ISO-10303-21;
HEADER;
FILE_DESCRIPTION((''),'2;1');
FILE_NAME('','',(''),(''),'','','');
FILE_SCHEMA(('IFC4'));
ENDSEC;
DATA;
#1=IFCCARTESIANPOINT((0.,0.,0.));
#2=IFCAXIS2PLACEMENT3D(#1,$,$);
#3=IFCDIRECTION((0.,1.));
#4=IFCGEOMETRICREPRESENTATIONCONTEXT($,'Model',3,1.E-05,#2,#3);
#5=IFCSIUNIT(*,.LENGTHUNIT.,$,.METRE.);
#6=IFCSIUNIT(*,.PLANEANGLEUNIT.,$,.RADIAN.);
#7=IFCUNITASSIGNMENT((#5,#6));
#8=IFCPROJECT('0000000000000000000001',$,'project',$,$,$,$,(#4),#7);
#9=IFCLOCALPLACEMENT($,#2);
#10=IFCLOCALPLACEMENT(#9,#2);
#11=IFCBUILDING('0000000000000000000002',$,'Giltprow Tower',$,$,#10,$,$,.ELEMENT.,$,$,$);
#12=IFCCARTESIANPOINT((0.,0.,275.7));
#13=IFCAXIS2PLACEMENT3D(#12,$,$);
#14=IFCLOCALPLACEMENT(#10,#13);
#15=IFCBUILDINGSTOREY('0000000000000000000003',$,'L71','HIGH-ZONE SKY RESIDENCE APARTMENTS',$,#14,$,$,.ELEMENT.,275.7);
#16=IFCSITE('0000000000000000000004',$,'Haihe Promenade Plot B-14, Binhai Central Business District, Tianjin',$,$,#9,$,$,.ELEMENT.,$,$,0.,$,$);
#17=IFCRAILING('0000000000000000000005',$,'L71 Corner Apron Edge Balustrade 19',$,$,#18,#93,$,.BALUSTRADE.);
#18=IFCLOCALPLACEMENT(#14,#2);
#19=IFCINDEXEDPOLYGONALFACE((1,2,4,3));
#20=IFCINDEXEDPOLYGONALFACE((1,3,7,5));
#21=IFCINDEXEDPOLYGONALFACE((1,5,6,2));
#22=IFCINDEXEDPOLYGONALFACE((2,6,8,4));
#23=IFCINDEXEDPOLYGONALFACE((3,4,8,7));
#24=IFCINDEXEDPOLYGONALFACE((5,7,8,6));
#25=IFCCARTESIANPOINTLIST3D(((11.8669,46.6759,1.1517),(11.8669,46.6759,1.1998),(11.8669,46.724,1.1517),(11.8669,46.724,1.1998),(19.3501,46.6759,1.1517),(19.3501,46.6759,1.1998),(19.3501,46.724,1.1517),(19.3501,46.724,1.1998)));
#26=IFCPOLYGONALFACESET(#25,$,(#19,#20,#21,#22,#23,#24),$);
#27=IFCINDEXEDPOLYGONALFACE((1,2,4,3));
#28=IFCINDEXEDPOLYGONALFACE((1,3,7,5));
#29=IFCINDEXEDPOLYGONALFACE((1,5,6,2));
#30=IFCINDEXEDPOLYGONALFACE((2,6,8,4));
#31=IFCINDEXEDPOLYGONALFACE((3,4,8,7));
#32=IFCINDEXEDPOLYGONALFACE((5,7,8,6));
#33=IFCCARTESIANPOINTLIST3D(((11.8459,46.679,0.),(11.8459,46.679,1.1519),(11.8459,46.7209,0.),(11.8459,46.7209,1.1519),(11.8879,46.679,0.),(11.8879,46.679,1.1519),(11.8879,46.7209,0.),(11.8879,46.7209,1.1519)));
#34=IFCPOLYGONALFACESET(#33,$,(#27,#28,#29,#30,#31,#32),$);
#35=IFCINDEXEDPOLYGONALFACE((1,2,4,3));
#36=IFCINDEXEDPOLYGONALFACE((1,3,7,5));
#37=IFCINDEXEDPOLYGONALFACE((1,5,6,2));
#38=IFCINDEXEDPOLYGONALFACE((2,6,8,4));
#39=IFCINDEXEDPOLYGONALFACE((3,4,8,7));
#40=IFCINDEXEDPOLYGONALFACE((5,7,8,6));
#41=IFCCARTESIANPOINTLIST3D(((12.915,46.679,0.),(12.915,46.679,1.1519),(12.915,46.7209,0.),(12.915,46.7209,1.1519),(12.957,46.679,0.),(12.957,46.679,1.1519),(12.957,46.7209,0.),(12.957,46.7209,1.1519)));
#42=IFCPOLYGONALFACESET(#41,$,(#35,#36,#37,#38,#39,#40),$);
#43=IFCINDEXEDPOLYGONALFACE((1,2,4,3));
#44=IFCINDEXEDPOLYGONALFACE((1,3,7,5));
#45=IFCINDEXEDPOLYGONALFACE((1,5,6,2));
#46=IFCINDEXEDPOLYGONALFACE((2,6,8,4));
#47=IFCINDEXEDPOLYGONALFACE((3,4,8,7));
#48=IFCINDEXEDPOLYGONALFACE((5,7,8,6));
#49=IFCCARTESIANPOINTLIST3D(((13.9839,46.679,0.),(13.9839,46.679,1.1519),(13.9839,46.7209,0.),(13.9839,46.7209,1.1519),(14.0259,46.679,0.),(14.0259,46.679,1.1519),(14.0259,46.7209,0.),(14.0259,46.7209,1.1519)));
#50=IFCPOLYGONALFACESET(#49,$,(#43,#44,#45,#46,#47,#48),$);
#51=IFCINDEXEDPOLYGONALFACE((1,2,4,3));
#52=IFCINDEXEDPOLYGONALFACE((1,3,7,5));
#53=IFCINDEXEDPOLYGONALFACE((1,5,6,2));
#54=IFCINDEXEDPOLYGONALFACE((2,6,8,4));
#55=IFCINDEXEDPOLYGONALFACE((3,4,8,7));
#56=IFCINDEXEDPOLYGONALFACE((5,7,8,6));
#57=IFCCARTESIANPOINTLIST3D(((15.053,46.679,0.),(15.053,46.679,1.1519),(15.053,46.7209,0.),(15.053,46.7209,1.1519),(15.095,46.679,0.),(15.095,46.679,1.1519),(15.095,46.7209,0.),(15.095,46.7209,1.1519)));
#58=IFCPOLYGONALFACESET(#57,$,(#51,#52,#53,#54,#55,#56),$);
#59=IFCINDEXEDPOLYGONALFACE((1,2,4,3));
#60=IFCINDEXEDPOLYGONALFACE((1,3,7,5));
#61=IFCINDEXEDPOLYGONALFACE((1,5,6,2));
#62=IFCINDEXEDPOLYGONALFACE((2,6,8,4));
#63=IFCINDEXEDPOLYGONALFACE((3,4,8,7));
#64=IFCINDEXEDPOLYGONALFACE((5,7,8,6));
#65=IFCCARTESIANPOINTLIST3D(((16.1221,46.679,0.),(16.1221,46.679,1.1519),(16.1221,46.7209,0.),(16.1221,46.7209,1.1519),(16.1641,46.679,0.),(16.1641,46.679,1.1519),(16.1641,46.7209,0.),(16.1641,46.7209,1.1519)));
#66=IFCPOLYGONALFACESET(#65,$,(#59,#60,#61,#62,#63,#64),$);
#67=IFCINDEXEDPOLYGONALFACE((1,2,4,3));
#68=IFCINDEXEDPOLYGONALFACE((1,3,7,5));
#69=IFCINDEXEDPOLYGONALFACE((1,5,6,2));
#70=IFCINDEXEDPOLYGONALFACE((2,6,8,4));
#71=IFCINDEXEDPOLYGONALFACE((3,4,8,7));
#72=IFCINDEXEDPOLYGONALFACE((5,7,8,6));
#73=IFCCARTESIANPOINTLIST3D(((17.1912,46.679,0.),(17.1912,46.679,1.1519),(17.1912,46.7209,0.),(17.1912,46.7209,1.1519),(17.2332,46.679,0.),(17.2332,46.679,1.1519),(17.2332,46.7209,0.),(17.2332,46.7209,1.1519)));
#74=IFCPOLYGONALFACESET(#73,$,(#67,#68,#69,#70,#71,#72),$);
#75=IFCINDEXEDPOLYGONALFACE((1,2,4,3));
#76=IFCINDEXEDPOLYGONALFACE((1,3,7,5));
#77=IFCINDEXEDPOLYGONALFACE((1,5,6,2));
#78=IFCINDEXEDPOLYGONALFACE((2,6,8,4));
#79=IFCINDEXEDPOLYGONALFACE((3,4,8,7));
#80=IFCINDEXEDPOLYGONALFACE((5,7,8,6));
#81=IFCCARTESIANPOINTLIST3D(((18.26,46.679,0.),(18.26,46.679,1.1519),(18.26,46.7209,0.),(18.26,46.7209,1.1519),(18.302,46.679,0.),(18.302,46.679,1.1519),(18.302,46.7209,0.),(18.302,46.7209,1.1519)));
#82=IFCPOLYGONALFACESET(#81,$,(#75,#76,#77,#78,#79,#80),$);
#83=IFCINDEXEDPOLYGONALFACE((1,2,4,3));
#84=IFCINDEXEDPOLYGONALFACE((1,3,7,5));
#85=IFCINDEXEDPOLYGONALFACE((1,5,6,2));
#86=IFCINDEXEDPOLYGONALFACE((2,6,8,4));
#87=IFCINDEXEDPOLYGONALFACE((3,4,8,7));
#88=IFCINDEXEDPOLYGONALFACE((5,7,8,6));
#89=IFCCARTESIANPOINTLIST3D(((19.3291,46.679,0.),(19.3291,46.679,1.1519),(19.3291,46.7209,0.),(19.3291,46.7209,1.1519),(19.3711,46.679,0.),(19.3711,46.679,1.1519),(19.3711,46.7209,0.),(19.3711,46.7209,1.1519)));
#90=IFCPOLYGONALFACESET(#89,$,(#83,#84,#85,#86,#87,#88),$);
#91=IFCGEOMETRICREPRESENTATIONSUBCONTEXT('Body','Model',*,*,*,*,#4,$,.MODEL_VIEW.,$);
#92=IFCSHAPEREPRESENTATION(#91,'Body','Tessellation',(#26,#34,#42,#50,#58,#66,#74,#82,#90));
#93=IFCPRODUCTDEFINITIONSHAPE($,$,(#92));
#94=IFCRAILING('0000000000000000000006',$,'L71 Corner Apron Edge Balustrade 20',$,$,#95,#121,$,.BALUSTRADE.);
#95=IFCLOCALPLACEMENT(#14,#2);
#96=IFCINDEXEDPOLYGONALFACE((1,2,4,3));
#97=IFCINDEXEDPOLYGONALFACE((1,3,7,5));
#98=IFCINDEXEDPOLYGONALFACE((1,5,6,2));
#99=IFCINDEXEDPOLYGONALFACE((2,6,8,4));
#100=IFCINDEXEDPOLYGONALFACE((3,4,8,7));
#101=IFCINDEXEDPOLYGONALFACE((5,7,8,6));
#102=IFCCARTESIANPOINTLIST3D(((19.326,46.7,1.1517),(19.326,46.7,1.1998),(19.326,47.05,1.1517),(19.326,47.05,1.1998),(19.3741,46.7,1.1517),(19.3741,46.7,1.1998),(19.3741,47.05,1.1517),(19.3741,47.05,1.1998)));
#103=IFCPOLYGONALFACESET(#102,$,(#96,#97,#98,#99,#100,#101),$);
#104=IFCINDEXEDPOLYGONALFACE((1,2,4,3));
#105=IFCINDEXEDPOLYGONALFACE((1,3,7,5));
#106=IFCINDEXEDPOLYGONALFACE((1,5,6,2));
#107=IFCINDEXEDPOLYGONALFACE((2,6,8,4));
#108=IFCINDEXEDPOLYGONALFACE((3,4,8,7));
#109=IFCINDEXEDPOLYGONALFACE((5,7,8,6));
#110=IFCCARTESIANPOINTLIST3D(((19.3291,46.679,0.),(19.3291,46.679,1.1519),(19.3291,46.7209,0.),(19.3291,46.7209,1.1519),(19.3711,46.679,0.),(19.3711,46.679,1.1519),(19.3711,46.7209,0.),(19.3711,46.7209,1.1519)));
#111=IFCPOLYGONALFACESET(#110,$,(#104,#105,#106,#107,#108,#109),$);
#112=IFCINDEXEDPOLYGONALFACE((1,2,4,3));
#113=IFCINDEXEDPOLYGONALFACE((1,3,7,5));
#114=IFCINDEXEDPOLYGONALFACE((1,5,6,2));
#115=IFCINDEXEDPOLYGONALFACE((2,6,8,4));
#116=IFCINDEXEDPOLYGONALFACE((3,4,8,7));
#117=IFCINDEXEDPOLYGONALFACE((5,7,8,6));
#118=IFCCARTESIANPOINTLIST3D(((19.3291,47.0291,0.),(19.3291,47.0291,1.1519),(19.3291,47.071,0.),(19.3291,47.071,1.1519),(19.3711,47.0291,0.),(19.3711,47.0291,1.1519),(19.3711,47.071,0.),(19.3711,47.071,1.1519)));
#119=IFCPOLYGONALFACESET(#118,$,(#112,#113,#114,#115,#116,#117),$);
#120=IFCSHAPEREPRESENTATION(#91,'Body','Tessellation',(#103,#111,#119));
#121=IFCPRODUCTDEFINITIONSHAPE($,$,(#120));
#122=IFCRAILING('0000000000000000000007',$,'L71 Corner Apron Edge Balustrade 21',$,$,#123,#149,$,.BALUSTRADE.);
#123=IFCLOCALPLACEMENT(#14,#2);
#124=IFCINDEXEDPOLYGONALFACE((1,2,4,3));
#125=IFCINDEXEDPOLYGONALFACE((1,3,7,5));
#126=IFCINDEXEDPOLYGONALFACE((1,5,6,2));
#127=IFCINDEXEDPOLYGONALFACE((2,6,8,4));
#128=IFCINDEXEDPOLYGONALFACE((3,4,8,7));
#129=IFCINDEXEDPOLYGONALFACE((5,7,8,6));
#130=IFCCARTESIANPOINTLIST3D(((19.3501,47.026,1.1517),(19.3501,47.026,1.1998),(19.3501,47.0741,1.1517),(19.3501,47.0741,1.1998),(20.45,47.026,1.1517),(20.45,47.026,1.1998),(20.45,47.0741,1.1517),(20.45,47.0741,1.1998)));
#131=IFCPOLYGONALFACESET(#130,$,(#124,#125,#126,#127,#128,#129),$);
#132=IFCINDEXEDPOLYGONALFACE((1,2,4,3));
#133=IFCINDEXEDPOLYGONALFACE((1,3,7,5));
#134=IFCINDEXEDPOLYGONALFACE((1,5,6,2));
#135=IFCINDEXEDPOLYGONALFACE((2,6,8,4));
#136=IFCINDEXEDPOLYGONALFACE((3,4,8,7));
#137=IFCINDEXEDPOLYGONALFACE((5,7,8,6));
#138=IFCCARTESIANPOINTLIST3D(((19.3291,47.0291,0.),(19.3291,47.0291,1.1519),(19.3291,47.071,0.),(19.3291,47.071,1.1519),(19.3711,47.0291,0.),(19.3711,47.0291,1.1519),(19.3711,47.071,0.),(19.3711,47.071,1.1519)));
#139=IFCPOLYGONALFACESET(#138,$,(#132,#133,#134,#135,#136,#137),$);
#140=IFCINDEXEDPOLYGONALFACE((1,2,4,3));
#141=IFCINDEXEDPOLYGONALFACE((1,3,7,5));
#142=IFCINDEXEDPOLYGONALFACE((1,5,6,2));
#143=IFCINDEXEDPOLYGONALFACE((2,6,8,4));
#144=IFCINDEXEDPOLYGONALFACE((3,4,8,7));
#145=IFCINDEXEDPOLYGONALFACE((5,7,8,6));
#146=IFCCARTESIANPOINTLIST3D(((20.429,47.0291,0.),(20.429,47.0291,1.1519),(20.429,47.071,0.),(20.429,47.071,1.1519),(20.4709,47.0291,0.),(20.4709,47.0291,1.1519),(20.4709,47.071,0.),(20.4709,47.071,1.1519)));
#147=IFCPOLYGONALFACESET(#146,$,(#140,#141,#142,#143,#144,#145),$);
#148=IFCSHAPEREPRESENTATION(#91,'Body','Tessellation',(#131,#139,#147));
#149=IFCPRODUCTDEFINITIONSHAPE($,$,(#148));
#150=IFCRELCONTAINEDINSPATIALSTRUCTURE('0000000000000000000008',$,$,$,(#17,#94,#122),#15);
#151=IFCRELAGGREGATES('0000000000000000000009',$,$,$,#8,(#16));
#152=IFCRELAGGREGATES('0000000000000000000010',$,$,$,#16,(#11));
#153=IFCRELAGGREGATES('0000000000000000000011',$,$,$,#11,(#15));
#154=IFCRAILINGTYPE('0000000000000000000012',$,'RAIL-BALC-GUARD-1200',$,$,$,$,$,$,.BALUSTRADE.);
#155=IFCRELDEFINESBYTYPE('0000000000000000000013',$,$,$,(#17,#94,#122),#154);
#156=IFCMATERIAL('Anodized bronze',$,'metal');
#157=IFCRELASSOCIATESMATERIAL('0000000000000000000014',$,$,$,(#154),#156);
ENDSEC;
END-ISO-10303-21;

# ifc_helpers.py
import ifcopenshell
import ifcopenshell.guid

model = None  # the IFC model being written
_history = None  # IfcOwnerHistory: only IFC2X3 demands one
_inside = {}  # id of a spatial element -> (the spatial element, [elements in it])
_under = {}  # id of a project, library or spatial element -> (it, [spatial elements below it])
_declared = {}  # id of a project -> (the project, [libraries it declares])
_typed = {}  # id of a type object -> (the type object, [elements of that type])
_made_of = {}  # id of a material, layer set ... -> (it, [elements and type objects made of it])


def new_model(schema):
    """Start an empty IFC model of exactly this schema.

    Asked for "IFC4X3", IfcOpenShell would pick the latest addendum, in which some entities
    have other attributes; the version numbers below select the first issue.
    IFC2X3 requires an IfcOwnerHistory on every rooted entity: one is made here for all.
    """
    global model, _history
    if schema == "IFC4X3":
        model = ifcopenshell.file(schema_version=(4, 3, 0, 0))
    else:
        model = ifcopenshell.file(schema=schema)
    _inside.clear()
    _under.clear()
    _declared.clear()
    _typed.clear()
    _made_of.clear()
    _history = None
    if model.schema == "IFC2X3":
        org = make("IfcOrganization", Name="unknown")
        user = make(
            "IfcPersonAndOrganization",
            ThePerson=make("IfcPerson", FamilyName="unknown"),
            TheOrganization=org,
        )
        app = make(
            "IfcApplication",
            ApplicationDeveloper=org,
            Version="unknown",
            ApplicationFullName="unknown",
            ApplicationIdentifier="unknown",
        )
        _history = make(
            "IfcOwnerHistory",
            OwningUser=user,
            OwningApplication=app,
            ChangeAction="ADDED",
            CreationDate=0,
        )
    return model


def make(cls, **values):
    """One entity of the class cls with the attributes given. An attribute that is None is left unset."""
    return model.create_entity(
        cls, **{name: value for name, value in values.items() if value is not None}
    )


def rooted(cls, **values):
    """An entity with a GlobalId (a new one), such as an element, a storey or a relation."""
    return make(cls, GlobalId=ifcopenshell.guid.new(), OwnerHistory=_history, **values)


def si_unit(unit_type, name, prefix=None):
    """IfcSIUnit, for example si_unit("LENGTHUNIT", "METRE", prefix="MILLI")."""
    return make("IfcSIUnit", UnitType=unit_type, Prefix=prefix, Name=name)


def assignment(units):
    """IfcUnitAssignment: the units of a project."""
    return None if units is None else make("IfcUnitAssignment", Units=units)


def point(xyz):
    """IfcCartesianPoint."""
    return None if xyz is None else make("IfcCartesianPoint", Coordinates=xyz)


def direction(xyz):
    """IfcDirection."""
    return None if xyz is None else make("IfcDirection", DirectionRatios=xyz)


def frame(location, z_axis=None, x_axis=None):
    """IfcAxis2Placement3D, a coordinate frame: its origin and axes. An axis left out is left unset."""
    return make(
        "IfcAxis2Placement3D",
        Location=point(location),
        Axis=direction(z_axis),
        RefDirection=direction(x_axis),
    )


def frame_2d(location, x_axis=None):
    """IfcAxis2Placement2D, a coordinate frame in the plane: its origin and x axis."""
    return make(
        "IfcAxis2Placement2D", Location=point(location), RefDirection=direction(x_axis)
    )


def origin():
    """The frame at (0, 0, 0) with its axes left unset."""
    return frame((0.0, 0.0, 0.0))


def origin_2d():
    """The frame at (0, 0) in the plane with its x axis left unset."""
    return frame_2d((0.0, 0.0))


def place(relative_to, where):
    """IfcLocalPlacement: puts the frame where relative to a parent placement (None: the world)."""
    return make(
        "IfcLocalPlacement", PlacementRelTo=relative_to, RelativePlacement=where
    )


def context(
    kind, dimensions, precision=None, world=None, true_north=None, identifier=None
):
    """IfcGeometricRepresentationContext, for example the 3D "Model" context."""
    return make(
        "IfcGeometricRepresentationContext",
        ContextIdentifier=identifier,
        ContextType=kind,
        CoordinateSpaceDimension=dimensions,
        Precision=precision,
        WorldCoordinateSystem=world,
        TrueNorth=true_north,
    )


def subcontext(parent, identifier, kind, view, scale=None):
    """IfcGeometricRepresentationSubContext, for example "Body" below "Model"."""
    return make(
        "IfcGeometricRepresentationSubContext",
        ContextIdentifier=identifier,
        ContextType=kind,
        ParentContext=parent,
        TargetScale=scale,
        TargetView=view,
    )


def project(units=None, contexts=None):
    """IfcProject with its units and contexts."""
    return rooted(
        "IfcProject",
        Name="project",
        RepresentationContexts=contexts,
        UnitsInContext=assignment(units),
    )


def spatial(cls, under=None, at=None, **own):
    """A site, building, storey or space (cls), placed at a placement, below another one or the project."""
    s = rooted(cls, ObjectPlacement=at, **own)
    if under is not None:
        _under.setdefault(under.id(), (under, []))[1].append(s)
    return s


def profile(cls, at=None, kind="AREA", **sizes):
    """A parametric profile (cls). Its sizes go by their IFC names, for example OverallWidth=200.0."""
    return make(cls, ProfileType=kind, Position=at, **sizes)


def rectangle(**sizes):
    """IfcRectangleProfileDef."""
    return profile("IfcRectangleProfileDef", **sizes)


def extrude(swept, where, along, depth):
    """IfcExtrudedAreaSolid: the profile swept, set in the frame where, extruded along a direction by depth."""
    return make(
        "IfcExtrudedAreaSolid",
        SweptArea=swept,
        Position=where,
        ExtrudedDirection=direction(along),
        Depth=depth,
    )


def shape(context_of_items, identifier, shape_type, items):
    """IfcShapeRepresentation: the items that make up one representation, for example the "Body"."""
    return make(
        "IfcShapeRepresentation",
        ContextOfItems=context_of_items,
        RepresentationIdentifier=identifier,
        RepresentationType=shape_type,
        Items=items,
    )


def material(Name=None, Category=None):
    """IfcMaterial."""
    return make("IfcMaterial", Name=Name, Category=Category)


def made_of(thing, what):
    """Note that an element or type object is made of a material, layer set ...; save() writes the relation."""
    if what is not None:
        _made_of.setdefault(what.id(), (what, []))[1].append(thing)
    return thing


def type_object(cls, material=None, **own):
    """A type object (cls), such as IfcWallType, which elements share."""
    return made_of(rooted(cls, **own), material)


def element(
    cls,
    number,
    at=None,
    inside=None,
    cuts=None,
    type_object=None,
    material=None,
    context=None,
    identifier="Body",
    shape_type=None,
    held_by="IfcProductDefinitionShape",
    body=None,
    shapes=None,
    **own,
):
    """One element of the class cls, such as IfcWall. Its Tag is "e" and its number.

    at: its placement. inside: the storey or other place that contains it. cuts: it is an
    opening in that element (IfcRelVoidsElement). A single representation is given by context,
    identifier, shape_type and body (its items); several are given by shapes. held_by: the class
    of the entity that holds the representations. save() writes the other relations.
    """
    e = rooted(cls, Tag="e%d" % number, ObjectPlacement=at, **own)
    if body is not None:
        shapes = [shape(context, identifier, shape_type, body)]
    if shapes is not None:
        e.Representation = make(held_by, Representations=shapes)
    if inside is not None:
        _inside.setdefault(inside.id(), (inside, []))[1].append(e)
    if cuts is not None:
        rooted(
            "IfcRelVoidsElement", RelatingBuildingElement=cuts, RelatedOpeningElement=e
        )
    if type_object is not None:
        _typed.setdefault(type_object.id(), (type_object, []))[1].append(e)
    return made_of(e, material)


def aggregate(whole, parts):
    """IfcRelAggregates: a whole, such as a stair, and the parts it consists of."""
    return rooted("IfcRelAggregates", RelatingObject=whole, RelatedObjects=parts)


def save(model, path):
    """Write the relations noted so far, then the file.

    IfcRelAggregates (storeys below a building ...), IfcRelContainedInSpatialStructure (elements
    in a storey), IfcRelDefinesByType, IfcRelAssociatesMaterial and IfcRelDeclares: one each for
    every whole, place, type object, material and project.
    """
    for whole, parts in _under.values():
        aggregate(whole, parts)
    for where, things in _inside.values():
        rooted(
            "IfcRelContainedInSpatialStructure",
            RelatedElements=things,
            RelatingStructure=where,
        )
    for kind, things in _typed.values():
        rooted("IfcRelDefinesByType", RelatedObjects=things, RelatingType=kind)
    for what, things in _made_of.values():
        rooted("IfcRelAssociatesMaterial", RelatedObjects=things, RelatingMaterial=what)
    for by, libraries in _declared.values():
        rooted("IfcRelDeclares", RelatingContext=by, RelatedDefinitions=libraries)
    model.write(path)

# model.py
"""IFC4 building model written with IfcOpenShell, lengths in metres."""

from ifc_helpers import new_model, si_unit, direction, frame, origin, origin_2d, place, context, subcontext, project, spatial, rectangle, extrude, material, type_object, element, save


model = new_model("IFC4")

# Units and contexts
model_context = context("Model", 3, precision=1e-05, world=origin(), true_north=direction((0.0, 1.0)))
body_context = subcontext(model_context, "Body", "Model", "MODEL_VIEW")
ifc_project = project(units=[si_unit("LENGTHUNIT", "METRE"), si_unit("PLANEANGLEUNIT", "RADIAN")], contexts=[model_context])

# Site, building, storey
site_placement = place(None, origin())
site = spatial("IfcSite", under=ifc_project, at=site_placement, Name="Haihe Promenade Plot B-14, Binhai Central Business District, Tianjin", CompositionType="ELEMENT", RefElevation=0.0)
building_placement = place(site_placement, origin())
building = spatial("IfcBuilding", under=site, at=building_placement, Name="Giltprow Tower", CompositionType="ELEMENT")
storey_placement = place(building_placement, frame((0.0, 0.0, 275.7)))
storey = spatial("IfcBuildingStorey", under=building, at=storey_placement, Name="L71", Description="HIGH-ZONE SKY RESIDENCE APARTMENTS", CompositionType="ELEMENT", Elevation=275.7)

# Railings
ifc_material_1 = material(Name="Anodized bronze", Category="metal")
railing_type = type_object("IfcRailingType", Name="RAIL-BALC-GUARD-1200", PredefinedType="BALUSTRADE", material=ifc_material_1)
railing_1_placement = place(storey_placement, frame((11.8669, 46.7, 0.0)))
element("IfcRailing", 1, at=railing_1_placement, inside=storey, type_object=railing_type, Name="L71 Corner Apron Edge Balustrade 19", PredefinedType="BALUSTRADE", context=body_context, shape_type="SweptSolid", body=[
    extrude(rectangle(XDim=0.0481, YDim=0.0481, at=origin_2d()), frame((0.0, 0.0, 1.1758), z_axis=(1.0, 0.0, 0.0), x_axis=(0.0, 1.0, 0.0)), (0.0, 0.0, 1.0), 7.4832),
    extrude(rectangle(XDim=0.042, YDim=0.042, at=origin_2d()), origin(), (0.0, 0.0, 1.0), 1.1519),
    extrude(rectangle(XDim=0.042, YDim=0.042, at=origin_2d()), frame((1.0691, 0.0, 0.0)), (0.0, 0.0, 1.0), 1.1519),
    extrude(rectangle(XDim=0.042, YDim=0.042, at=origin_2d()), frame((2.1379, 0.0, 0.0)), (0.0, 0.0, 1.0), 1.1519),
    extrude(rectangle(XDim=0.042, YDim=0.042, at=origin_2d()), frame((3.207, 0.0, 0.0)), (0.0, 0.0, 1.0), 1.1519),
    extrude(rectangle(XDim=0.042, YDim=0.042, at=origin_2d()), frame((4.2761, 0.0, 0.0)), (0.0, 0.0, 1.0), 1.1519),
    extrude(rectangle(XDim=0.042, YDim=0.042, at=origin_2d()), frame((5.3452, 0.0, 0.0)), (0.0, 0.0, 1.0), 1.1519),
    extrude(rectangle(XDim=0.042, YDim=0.042, at=origin_2d()), frame((6.4141, 0.0, 0.0)), (0.0, 0.0, 1.0), 1.1519),
    extrude(rectangle(XDim=0.042, YDim=0.042, at=origin_2d()), frame((7.4832, 0.0, 0.0)), (0.0, 0.0, 1.0), 1.1519),
])
railing_2_placement = place(storey_placement, frame((19.3501, 46.7, 0.0)))
element("IfcRailing", 2, at=railing_2_placement, inside=storey, type_object=railing_type, Name="L71 Corner Apron Edge Balustrade 20", PredefinedType="BALUSTRADE", context=body_context, shape_type="SweptSolid", body=[
    extrude(rectangle(XDim=0.0481, YDim=0.0481, at=origin_2d()), frame((0.0, 0.0, 1.1758), z_axis=(0.0, 1.0, 0.0), x_axis=(-1.0, 0.0, 0.0)), (0.0, 0.0, 1.0), 0.3501),
    extrude(rectangle(XDim=0.042, YDim=0.042, at=origin_2d()), origin(), (0.0, 0.0, 1.0), 1.1519),
    extrude(rectangle(XDim=0.042, YDim=0.042, at=origin_2d()), frame((0.0, 0.3501, 0.0)), (0.0, 0.0, 1.0), 1.1519),
])
railing_3_placement = place(storey_placement, frame((19.3501, 47.05, 0.0)))
element("IfcRailing", 3, at=railing_3_placement, inside=storey, type_object=railing_type, Name="L71 Corner Apron Edge Balustrade 21", PredefinedType="BALUSTRADE", context=body_context, shape_type="SweptSolid", body=[
    extrude(rectangle(XDim=0.0481, YDim=0.0481, at=origin_2d()), frame((0.0, 0.0, 1.1758), z_axis=(1.0, 0.0, 0.0), x_axis=(0.0, 1.0, 0.0)), (0.0, 0.0, 1.0), 1.0999),
    extrude(rectangle(XDim=0.042, YDim=0.042, at=origin_2d()), origin(), (0.0, 0.0, 1.0), 1.1519),
    extrude(rectangle(XDim=0.042, YDim=0.042, at=origin_2d()), frame((1.0999, 0.0, 0.0)), (0.0, 0.0, 1.0), 1.1519),
])

save(model, "model.ifc")
